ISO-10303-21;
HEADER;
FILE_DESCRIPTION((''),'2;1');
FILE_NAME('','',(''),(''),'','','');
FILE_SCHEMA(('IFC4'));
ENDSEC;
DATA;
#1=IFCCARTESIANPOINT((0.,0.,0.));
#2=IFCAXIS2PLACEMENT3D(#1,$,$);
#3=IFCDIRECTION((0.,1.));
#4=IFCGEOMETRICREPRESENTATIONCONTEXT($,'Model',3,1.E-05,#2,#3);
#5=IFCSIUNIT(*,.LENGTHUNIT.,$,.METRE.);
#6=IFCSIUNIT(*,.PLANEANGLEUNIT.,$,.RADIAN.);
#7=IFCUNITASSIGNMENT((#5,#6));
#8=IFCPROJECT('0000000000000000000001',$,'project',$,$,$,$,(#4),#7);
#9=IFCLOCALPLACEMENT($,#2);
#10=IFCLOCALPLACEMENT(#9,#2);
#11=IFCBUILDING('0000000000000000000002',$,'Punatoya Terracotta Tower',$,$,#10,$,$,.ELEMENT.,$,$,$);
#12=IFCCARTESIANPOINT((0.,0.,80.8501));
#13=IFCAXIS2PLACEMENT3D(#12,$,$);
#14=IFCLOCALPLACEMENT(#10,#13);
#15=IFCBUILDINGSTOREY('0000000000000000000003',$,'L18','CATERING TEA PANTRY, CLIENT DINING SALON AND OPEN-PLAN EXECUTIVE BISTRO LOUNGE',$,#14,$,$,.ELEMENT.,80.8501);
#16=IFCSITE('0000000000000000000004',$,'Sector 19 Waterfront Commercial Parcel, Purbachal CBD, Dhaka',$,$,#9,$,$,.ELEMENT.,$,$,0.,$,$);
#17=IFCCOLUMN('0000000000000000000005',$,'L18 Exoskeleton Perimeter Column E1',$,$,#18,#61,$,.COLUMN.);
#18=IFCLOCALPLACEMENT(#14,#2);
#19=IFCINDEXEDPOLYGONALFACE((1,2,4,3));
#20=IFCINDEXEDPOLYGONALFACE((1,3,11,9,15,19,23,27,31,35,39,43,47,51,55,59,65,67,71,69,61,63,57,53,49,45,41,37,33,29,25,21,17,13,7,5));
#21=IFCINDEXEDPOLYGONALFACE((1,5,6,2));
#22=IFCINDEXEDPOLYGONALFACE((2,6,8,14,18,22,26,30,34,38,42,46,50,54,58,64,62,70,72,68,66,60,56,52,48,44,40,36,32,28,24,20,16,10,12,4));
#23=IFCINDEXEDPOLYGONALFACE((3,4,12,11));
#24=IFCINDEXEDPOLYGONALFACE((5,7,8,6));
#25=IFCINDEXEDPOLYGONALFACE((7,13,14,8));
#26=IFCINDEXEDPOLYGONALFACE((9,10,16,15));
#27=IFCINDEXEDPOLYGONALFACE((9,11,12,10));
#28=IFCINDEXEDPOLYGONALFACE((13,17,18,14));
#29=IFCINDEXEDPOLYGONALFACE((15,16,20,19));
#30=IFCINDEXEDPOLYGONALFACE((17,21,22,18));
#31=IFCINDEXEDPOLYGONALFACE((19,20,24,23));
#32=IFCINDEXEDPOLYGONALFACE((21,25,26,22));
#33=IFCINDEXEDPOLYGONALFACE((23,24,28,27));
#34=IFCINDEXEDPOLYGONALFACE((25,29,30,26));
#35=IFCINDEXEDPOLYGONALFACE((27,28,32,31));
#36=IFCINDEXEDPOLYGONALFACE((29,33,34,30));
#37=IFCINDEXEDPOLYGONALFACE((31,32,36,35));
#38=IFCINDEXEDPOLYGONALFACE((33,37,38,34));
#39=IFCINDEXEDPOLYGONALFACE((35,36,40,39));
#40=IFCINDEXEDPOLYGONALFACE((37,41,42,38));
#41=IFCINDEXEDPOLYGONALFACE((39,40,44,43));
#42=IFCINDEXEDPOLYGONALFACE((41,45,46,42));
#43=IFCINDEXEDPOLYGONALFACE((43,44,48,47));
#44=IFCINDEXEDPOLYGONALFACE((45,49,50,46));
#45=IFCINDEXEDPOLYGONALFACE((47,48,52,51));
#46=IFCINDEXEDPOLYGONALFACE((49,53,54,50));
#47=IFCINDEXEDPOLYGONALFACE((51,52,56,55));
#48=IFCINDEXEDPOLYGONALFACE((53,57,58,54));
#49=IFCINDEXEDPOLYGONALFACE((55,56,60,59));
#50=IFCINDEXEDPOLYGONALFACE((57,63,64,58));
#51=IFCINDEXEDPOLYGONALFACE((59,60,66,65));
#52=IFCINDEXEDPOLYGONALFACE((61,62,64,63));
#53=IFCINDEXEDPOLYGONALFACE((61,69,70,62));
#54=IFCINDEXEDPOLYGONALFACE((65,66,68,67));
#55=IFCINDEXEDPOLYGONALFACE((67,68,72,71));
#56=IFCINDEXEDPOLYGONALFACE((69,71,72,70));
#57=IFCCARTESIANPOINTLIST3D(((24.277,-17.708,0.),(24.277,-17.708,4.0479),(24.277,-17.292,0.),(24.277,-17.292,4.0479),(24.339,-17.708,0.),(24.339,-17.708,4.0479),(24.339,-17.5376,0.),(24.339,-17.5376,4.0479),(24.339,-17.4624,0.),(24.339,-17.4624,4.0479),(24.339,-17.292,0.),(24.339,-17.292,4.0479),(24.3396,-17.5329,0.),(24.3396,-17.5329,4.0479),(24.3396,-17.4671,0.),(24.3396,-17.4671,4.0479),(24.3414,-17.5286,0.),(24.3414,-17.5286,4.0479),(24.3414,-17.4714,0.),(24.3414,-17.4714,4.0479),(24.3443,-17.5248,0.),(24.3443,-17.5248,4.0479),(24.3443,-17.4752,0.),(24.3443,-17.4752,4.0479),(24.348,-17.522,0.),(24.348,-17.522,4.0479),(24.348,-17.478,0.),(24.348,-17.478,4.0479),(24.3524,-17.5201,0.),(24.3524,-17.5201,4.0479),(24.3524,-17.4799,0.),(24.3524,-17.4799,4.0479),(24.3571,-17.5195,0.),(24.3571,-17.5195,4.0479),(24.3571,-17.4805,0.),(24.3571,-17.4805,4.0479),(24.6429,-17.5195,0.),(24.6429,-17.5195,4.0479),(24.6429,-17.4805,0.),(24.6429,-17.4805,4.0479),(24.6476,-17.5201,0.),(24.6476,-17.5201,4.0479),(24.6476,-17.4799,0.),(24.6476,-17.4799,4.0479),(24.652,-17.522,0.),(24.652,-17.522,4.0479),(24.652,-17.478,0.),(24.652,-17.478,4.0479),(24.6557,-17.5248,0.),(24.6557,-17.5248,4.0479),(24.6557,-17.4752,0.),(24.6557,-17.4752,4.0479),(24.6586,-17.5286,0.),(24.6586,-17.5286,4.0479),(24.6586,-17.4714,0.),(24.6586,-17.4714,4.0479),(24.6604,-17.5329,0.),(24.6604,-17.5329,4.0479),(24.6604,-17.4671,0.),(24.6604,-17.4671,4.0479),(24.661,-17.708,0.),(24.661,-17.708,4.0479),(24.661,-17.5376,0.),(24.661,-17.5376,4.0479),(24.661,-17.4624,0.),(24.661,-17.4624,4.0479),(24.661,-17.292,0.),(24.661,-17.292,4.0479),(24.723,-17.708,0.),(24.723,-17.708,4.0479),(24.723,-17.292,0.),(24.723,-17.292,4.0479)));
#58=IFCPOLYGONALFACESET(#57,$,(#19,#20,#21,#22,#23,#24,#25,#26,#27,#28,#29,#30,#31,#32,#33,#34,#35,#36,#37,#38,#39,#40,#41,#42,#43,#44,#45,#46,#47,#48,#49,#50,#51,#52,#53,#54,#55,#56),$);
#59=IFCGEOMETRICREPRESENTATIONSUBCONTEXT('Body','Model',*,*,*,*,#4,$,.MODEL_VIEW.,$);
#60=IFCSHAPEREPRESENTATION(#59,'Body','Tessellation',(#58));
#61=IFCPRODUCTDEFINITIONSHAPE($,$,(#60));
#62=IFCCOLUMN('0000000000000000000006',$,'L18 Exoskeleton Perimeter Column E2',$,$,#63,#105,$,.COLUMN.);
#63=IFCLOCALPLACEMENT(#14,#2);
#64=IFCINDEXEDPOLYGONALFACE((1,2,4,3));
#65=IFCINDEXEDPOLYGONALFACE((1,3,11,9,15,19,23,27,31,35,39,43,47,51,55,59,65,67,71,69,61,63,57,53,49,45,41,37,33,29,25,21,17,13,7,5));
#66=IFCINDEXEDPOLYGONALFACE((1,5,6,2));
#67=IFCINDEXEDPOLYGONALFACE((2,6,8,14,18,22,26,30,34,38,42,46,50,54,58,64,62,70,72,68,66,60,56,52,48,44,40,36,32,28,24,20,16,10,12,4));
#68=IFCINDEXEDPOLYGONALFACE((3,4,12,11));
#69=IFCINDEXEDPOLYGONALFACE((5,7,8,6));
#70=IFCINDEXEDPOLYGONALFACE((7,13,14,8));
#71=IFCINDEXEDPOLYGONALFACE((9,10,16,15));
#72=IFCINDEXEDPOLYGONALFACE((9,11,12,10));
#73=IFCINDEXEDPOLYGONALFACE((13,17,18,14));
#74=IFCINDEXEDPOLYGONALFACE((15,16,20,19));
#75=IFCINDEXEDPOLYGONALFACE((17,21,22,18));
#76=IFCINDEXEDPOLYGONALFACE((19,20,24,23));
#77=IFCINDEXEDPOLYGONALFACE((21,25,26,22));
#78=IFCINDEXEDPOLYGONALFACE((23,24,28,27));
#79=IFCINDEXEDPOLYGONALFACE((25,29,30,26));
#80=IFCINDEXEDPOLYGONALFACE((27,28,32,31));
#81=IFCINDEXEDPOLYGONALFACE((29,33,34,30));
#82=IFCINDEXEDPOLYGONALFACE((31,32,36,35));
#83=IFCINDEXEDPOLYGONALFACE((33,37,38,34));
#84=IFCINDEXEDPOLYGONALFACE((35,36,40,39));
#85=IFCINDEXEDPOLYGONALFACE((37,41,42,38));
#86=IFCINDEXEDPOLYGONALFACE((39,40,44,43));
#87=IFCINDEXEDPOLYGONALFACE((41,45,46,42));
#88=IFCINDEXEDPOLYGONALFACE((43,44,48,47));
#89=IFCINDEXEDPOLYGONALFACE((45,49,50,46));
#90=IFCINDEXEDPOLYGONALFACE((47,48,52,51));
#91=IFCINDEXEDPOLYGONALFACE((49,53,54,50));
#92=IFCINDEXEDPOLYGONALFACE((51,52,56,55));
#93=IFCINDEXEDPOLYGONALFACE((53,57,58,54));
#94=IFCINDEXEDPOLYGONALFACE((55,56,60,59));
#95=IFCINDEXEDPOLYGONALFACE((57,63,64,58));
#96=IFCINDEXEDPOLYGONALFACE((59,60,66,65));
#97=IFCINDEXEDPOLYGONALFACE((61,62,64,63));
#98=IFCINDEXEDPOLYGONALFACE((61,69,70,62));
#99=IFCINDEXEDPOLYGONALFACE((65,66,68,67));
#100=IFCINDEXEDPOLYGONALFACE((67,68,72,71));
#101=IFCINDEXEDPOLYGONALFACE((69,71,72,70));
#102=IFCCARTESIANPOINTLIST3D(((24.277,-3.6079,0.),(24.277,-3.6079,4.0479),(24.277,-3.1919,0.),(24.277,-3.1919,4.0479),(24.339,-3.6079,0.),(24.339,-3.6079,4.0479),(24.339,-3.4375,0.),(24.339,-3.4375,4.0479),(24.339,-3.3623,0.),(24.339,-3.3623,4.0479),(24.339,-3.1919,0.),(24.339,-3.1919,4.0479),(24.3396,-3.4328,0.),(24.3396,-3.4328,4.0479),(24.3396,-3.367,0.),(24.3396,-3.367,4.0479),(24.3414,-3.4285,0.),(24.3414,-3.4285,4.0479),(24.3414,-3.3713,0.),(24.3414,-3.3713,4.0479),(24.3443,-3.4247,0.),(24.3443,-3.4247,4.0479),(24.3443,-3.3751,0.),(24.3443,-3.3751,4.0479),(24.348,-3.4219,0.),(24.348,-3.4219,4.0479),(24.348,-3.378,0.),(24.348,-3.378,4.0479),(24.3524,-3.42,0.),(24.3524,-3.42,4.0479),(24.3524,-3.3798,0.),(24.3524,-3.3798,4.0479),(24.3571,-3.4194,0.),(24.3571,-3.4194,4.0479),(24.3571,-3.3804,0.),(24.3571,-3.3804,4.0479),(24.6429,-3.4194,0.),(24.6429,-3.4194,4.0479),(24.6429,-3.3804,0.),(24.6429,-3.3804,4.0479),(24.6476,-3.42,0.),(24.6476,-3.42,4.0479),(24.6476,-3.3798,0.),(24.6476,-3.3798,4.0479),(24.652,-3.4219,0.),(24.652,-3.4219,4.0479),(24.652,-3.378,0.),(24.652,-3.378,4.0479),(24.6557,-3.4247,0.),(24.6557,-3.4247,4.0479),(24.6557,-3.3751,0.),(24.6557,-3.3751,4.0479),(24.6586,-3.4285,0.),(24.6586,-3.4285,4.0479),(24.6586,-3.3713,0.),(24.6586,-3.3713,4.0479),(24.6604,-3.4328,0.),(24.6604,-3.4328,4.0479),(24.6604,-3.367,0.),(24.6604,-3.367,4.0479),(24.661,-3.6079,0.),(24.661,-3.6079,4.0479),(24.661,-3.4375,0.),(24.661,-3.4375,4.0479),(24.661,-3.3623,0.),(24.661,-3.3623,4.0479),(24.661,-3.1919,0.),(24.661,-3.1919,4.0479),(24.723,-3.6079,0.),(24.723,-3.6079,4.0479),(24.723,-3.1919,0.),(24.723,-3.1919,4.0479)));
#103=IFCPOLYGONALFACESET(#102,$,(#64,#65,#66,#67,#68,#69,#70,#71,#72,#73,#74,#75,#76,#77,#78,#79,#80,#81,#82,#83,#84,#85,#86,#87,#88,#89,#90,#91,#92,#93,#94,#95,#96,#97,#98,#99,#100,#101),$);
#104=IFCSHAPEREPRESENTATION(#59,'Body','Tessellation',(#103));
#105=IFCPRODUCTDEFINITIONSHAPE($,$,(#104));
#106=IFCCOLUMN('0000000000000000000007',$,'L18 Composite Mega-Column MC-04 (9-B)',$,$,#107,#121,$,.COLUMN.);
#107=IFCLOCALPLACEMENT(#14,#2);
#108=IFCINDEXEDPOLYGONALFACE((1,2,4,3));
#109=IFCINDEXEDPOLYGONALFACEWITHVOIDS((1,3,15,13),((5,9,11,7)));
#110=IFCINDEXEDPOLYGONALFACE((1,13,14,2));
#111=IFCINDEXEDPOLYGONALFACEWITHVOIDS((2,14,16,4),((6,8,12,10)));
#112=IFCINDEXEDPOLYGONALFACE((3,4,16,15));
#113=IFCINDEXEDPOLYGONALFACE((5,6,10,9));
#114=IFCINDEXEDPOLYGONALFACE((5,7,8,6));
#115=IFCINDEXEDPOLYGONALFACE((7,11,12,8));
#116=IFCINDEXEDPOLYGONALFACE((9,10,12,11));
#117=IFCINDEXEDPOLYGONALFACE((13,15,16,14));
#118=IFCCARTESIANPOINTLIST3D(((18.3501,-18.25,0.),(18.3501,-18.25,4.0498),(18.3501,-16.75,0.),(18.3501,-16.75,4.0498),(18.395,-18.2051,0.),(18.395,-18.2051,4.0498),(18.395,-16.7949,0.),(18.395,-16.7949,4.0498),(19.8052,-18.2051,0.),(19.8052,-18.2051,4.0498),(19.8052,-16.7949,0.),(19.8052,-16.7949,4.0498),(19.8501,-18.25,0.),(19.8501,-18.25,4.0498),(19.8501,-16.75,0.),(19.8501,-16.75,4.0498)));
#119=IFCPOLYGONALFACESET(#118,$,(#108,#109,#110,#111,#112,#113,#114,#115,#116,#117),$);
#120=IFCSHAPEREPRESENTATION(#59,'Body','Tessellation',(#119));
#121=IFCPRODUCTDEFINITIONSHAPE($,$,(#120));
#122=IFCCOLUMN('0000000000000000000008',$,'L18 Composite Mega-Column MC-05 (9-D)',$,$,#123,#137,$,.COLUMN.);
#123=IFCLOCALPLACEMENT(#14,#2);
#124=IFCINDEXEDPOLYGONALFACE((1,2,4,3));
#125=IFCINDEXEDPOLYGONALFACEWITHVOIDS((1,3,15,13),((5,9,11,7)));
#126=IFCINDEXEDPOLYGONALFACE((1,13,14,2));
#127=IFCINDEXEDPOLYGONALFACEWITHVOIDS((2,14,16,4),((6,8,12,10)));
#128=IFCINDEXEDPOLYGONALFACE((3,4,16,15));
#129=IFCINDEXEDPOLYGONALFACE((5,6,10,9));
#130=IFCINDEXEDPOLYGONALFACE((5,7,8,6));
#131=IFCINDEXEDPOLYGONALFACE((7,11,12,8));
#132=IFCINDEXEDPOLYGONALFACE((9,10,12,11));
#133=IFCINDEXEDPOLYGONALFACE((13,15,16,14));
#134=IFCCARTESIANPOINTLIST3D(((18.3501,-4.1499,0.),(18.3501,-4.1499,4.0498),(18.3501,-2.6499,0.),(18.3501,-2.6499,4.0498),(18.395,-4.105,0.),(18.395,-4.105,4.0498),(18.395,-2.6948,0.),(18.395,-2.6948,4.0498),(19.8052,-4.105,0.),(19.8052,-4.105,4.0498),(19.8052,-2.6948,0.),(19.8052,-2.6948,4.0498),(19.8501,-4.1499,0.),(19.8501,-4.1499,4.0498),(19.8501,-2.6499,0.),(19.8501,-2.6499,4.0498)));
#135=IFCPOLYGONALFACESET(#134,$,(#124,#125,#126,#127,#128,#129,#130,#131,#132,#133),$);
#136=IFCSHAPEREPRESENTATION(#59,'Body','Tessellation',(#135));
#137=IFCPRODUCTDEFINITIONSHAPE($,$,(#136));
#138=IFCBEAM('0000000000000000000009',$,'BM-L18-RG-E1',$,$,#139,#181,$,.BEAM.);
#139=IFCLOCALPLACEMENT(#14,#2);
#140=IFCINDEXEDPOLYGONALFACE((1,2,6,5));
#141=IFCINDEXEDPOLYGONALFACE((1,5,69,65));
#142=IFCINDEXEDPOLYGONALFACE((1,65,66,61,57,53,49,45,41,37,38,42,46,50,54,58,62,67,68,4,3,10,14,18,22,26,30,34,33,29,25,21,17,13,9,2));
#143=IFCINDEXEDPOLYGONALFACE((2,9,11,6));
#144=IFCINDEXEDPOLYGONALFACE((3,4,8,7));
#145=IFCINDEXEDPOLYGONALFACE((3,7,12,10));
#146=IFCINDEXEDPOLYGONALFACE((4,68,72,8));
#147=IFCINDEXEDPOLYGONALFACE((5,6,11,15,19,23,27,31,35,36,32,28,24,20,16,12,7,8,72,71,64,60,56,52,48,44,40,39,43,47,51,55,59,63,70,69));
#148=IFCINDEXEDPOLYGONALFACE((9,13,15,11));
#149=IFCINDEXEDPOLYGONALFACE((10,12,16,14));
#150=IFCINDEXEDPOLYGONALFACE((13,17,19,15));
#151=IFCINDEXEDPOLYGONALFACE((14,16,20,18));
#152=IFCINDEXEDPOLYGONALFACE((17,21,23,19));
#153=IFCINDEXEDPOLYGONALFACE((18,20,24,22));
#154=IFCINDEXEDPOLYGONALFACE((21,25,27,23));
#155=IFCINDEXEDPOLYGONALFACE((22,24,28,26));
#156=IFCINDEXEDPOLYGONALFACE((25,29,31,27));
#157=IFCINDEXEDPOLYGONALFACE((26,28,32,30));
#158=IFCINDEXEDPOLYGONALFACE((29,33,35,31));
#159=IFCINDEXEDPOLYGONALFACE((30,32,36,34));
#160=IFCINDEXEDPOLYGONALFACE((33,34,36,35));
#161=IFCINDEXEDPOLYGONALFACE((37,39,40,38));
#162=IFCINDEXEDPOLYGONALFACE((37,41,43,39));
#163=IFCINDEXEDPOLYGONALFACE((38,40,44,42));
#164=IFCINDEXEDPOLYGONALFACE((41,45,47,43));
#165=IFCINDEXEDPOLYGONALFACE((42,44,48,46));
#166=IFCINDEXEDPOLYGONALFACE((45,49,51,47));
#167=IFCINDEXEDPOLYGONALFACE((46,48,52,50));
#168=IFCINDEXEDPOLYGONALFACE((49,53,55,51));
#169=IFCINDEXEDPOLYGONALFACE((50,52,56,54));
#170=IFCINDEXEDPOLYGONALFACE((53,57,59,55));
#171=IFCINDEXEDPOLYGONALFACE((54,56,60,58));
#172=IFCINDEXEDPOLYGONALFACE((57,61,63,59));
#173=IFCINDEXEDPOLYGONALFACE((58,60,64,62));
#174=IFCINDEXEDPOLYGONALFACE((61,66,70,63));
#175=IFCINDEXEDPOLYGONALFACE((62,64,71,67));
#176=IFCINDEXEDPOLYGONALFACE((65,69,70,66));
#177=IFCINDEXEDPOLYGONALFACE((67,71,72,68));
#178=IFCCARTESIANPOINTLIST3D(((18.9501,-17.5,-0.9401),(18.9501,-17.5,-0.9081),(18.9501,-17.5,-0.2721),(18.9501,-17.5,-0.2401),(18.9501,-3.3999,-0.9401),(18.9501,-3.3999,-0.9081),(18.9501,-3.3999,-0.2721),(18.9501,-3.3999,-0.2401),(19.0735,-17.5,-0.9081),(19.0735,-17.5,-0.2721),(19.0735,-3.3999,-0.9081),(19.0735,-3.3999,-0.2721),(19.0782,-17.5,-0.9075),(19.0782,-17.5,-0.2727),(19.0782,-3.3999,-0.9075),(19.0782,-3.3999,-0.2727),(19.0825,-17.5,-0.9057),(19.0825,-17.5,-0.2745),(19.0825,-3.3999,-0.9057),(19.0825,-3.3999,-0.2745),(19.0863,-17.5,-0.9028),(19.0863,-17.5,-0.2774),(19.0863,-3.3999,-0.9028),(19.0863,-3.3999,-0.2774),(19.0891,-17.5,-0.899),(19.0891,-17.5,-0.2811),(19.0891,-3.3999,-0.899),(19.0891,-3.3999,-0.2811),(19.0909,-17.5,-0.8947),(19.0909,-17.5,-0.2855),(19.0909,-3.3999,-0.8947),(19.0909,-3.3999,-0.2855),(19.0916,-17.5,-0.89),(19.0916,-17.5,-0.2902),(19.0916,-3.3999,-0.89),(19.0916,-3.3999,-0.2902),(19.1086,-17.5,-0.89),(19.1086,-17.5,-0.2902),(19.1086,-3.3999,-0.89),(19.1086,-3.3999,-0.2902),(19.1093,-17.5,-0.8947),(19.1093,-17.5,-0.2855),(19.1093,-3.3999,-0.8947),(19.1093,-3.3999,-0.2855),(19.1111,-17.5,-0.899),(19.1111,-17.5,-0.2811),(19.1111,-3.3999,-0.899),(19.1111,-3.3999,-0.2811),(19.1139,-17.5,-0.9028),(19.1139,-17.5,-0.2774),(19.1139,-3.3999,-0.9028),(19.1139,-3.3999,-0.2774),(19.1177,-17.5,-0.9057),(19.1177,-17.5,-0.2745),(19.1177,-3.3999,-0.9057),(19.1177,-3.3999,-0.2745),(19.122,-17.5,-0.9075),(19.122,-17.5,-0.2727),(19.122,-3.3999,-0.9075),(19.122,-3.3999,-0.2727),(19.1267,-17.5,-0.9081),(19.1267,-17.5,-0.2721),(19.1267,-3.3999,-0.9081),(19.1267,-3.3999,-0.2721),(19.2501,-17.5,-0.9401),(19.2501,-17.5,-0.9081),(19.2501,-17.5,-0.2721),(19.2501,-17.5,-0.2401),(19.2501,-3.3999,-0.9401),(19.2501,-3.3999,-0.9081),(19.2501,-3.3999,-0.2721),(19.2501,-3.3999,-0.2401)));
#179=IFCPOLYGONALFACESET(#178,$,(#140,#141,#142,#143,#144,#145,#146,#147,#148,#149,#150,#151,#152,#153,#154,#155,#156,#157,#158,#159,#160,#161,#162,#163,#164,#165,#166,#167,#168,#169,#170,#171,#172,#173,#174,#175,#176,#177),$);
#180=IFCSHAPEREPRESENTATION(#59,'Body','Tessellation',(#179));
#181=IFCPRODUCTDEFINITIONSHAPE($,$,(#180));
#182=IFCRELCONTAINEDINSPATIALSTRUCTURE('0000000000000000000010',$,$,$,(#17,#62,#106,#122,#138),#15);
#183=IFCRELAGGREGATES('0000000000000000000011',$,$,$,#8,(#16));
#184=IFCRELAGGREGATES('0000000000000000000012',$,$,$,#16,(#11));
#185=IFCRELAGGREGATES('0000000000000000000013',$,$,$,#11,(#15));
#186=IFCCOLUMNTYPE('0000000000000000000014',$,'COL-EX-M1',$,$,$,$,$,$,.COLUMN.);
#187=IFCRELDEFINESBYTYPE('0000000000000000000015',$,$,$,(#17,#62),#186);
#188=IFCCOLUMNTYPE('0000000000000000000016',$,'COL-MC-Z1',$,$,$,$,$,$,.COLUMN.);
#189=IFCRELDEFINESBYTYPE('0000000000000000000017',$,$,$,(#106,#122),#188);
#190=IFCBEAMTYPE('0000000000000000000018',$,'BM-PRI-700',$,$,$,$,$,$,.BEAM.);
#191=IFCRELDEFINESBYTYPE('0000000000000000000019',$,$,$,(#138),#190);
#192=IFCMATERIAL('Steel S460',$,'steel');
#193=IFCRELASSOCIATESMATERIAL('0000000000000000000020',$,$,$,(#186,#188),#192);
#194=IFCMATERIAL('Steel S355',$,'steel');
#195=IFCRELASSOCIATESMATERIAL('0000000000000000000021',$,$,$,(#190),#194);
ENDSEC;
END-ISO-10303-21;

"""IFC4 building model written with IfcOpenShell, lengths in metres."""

from ifc_helpers import new_model, si_unit, direction, frame, origin, origin_2d, place, context, subcontext, project, spatial, hollow_rectangle, i_section, extrude, material, material_profile, profile_set, type_object, element, save


model = new_model("IFC4")

# Units and contexts
model_context = context("Model", 3, precision=1e-05, world=origin(), true_north=direction((0.0, 1.0)))
body_context = subcontext(model_context, "Body", "Model", "MODEL_VIEW")
ifc_project = project(units=[si_unit("LENGTHUNIT", "METRE"), si_unit("PLANEANGLEUNIT", "RADIAN")], contexts=[model_context])

# Site, building, storey
site_placement = place(None, origin())
site = spatial("IfcSite", under=ifc_project, at=site_placement, Name="Sector 19 Waterfront Commercial Parcel, Purbachal CBD, Dhaka", CompositionType="ELEMENT", RefElevation=0.0)
building_placement = place(site_placement, origin())
building = spatial("IfcBuilding", under=site, at=building_placement, Name="Punatoya Terracotta Tower", CompositionType="ELEMENT")
storey_placement = place(building_placement, frame((0.0, 0.0, 80.8501)))
storey = spatial("IfcBuildingStorey", under=building, at=storey_placement, Name="L18", Description="CATERING TEA PANTRY, CLIENT DINING SALON AND OPEN-PLAN EXECUTIVE BISTRO LOUNGE", CompositionType="ELEMENT", Elevation=80.8501)

# Columns
ifc_material_1 = material(Name="Steel S460", Category="steel")
ifc_material_profile_1 = material_profile(ifc_material_1, i_section(OverallWidth=0.416, OverallDepth=0.446, WebThickness=0.0391, FlangeThickness=0.062, FilletRadius=0.0181, at=origin_2d()))
ifc_profile_set_1 = profile_set([ifc_material_profile_1], Name="Steel S460")
column_type_1 = type_object("IfcColumnType", Name="COL-EX-M1", PredefinedType="COLUMN", material=ifc_profile_set_1)
for number, where, z_axis, x_axis, name in (
    (1, (24.5, -17.5, 0.0), (0.0, 0.0, 1.0), (0.0, 1.0, 0.0), "L18 Exoskeleton Perimeter Column E1"),
    (2, (24.5, -3.3999, 0.0), (0.0, 0.0, 1.0), (0.0, 1.0, 0.0), "L18 Exoskeleton Perimeter Column E2"),
):
    element("IfcColumn", number, at=place(storey_placement, frame(where, z_axis=z_axis, x_axis=x_axis)), inside=storey, type_object=column_type_1, Name=name, PredefinedType="COLUMN", context=body_context, shape_type="SweptSolid", body=[
        extrude(i_section(OverallWidth=0.416, OverallDepth=0.446, WebThickness=0.0391, FlangeThickness=0.062, FilletRadius=0.0181, at=origin_2d()), origin(), (0.0, 0.0, 1.0), 4.0479),
    ])
ifc_material_profile_2 = material_profile(ifc_material_1, hollow_rectangle(XDim=1.5, YDim=1.5, WallThickness=0.0449, at=origin_2d()))
ifc_profile_set_2 = profile_set([ifc_material_profile_2], Name="Steel S460")
column_type_2 = type_object("IfcColumnType", Name="COL-MC-Z1", PredefinedType="COLUMN", material=ifc_profile_set_2)
for number, where, z_axis, x_axis, name in (
    (3, (19.1001, -17.5, 0.0), (0.0, 0.0, 1.0), (1.0, 0.0, 0.0), "L18 Composite Mega-Column MC-04 (9-B)"),
    (4, (19.1001, -3.3999, 0.0), (0.0, 0.0, 1.0), (1.0, 0.0, 0.0), "L18 Composite Mega-Column MC-05 (9-D)"),
):
    element("IfcColumn", number, at=place(storey_placement, frame(where, z_axis=z_axis, x_axis=x_axis)), inside=storey, type_object=column_type_2, Name=name, PredefinedType="COLUMN", context=body_context, shape_type="SweptSolid", body=[
        extrude(hollow_rectangle(XDim=1.5, YDim=1.5, WallThickness=0.0449, at=origin_2d()), origin(), (0.0, 0.0, 1.0), 4.0498),
    ])

# Beam
ifc_material_2 = material(Name="Steel S355", Category="steel")
ifc_material_profile_3 = material_profile(ifc_material_2, i_section(OverallWidth=0.3, OverallDepth=0.7, WebThickness=0.0171, FlangeThickness=0.032, FilletRadius=0.0181, at=origin_2d()))
ifc_profile_set_3 = profile_set([ifc_material_profile_3], Name="Steel S355")
beam_type_1 = type_object("IfcBeamType", Name="BM-PRI-700", PredefinedType="BEAM", material=ifc_profile_set_3)
beam_1_placement = place(storey_placement, frame((19.1001, -17.5, -0.5901), z_axis=(0.0, 1.0, 0.0), x_axis=(-1.0, 0.0, 0.0)))
element("IfcBeam", 5, at=beam_1_placement, inside=storey, type_object=beam_type_1, Name="BM-L18-RG-E1", PredefinedType="BEAM", context=body_context, shape_type="SweptSolid", body=[
    extrude(i_section(OverallWidth=0.3, OverallDepth=0.7, WebThickness=0.0171, FlangeThickness=0.032, FilletRadius=0.0181, at=origin_2d()), origin(), (0.0, 0.0, 1.0), 14.1001),
])

save(model, "model.ifc")
